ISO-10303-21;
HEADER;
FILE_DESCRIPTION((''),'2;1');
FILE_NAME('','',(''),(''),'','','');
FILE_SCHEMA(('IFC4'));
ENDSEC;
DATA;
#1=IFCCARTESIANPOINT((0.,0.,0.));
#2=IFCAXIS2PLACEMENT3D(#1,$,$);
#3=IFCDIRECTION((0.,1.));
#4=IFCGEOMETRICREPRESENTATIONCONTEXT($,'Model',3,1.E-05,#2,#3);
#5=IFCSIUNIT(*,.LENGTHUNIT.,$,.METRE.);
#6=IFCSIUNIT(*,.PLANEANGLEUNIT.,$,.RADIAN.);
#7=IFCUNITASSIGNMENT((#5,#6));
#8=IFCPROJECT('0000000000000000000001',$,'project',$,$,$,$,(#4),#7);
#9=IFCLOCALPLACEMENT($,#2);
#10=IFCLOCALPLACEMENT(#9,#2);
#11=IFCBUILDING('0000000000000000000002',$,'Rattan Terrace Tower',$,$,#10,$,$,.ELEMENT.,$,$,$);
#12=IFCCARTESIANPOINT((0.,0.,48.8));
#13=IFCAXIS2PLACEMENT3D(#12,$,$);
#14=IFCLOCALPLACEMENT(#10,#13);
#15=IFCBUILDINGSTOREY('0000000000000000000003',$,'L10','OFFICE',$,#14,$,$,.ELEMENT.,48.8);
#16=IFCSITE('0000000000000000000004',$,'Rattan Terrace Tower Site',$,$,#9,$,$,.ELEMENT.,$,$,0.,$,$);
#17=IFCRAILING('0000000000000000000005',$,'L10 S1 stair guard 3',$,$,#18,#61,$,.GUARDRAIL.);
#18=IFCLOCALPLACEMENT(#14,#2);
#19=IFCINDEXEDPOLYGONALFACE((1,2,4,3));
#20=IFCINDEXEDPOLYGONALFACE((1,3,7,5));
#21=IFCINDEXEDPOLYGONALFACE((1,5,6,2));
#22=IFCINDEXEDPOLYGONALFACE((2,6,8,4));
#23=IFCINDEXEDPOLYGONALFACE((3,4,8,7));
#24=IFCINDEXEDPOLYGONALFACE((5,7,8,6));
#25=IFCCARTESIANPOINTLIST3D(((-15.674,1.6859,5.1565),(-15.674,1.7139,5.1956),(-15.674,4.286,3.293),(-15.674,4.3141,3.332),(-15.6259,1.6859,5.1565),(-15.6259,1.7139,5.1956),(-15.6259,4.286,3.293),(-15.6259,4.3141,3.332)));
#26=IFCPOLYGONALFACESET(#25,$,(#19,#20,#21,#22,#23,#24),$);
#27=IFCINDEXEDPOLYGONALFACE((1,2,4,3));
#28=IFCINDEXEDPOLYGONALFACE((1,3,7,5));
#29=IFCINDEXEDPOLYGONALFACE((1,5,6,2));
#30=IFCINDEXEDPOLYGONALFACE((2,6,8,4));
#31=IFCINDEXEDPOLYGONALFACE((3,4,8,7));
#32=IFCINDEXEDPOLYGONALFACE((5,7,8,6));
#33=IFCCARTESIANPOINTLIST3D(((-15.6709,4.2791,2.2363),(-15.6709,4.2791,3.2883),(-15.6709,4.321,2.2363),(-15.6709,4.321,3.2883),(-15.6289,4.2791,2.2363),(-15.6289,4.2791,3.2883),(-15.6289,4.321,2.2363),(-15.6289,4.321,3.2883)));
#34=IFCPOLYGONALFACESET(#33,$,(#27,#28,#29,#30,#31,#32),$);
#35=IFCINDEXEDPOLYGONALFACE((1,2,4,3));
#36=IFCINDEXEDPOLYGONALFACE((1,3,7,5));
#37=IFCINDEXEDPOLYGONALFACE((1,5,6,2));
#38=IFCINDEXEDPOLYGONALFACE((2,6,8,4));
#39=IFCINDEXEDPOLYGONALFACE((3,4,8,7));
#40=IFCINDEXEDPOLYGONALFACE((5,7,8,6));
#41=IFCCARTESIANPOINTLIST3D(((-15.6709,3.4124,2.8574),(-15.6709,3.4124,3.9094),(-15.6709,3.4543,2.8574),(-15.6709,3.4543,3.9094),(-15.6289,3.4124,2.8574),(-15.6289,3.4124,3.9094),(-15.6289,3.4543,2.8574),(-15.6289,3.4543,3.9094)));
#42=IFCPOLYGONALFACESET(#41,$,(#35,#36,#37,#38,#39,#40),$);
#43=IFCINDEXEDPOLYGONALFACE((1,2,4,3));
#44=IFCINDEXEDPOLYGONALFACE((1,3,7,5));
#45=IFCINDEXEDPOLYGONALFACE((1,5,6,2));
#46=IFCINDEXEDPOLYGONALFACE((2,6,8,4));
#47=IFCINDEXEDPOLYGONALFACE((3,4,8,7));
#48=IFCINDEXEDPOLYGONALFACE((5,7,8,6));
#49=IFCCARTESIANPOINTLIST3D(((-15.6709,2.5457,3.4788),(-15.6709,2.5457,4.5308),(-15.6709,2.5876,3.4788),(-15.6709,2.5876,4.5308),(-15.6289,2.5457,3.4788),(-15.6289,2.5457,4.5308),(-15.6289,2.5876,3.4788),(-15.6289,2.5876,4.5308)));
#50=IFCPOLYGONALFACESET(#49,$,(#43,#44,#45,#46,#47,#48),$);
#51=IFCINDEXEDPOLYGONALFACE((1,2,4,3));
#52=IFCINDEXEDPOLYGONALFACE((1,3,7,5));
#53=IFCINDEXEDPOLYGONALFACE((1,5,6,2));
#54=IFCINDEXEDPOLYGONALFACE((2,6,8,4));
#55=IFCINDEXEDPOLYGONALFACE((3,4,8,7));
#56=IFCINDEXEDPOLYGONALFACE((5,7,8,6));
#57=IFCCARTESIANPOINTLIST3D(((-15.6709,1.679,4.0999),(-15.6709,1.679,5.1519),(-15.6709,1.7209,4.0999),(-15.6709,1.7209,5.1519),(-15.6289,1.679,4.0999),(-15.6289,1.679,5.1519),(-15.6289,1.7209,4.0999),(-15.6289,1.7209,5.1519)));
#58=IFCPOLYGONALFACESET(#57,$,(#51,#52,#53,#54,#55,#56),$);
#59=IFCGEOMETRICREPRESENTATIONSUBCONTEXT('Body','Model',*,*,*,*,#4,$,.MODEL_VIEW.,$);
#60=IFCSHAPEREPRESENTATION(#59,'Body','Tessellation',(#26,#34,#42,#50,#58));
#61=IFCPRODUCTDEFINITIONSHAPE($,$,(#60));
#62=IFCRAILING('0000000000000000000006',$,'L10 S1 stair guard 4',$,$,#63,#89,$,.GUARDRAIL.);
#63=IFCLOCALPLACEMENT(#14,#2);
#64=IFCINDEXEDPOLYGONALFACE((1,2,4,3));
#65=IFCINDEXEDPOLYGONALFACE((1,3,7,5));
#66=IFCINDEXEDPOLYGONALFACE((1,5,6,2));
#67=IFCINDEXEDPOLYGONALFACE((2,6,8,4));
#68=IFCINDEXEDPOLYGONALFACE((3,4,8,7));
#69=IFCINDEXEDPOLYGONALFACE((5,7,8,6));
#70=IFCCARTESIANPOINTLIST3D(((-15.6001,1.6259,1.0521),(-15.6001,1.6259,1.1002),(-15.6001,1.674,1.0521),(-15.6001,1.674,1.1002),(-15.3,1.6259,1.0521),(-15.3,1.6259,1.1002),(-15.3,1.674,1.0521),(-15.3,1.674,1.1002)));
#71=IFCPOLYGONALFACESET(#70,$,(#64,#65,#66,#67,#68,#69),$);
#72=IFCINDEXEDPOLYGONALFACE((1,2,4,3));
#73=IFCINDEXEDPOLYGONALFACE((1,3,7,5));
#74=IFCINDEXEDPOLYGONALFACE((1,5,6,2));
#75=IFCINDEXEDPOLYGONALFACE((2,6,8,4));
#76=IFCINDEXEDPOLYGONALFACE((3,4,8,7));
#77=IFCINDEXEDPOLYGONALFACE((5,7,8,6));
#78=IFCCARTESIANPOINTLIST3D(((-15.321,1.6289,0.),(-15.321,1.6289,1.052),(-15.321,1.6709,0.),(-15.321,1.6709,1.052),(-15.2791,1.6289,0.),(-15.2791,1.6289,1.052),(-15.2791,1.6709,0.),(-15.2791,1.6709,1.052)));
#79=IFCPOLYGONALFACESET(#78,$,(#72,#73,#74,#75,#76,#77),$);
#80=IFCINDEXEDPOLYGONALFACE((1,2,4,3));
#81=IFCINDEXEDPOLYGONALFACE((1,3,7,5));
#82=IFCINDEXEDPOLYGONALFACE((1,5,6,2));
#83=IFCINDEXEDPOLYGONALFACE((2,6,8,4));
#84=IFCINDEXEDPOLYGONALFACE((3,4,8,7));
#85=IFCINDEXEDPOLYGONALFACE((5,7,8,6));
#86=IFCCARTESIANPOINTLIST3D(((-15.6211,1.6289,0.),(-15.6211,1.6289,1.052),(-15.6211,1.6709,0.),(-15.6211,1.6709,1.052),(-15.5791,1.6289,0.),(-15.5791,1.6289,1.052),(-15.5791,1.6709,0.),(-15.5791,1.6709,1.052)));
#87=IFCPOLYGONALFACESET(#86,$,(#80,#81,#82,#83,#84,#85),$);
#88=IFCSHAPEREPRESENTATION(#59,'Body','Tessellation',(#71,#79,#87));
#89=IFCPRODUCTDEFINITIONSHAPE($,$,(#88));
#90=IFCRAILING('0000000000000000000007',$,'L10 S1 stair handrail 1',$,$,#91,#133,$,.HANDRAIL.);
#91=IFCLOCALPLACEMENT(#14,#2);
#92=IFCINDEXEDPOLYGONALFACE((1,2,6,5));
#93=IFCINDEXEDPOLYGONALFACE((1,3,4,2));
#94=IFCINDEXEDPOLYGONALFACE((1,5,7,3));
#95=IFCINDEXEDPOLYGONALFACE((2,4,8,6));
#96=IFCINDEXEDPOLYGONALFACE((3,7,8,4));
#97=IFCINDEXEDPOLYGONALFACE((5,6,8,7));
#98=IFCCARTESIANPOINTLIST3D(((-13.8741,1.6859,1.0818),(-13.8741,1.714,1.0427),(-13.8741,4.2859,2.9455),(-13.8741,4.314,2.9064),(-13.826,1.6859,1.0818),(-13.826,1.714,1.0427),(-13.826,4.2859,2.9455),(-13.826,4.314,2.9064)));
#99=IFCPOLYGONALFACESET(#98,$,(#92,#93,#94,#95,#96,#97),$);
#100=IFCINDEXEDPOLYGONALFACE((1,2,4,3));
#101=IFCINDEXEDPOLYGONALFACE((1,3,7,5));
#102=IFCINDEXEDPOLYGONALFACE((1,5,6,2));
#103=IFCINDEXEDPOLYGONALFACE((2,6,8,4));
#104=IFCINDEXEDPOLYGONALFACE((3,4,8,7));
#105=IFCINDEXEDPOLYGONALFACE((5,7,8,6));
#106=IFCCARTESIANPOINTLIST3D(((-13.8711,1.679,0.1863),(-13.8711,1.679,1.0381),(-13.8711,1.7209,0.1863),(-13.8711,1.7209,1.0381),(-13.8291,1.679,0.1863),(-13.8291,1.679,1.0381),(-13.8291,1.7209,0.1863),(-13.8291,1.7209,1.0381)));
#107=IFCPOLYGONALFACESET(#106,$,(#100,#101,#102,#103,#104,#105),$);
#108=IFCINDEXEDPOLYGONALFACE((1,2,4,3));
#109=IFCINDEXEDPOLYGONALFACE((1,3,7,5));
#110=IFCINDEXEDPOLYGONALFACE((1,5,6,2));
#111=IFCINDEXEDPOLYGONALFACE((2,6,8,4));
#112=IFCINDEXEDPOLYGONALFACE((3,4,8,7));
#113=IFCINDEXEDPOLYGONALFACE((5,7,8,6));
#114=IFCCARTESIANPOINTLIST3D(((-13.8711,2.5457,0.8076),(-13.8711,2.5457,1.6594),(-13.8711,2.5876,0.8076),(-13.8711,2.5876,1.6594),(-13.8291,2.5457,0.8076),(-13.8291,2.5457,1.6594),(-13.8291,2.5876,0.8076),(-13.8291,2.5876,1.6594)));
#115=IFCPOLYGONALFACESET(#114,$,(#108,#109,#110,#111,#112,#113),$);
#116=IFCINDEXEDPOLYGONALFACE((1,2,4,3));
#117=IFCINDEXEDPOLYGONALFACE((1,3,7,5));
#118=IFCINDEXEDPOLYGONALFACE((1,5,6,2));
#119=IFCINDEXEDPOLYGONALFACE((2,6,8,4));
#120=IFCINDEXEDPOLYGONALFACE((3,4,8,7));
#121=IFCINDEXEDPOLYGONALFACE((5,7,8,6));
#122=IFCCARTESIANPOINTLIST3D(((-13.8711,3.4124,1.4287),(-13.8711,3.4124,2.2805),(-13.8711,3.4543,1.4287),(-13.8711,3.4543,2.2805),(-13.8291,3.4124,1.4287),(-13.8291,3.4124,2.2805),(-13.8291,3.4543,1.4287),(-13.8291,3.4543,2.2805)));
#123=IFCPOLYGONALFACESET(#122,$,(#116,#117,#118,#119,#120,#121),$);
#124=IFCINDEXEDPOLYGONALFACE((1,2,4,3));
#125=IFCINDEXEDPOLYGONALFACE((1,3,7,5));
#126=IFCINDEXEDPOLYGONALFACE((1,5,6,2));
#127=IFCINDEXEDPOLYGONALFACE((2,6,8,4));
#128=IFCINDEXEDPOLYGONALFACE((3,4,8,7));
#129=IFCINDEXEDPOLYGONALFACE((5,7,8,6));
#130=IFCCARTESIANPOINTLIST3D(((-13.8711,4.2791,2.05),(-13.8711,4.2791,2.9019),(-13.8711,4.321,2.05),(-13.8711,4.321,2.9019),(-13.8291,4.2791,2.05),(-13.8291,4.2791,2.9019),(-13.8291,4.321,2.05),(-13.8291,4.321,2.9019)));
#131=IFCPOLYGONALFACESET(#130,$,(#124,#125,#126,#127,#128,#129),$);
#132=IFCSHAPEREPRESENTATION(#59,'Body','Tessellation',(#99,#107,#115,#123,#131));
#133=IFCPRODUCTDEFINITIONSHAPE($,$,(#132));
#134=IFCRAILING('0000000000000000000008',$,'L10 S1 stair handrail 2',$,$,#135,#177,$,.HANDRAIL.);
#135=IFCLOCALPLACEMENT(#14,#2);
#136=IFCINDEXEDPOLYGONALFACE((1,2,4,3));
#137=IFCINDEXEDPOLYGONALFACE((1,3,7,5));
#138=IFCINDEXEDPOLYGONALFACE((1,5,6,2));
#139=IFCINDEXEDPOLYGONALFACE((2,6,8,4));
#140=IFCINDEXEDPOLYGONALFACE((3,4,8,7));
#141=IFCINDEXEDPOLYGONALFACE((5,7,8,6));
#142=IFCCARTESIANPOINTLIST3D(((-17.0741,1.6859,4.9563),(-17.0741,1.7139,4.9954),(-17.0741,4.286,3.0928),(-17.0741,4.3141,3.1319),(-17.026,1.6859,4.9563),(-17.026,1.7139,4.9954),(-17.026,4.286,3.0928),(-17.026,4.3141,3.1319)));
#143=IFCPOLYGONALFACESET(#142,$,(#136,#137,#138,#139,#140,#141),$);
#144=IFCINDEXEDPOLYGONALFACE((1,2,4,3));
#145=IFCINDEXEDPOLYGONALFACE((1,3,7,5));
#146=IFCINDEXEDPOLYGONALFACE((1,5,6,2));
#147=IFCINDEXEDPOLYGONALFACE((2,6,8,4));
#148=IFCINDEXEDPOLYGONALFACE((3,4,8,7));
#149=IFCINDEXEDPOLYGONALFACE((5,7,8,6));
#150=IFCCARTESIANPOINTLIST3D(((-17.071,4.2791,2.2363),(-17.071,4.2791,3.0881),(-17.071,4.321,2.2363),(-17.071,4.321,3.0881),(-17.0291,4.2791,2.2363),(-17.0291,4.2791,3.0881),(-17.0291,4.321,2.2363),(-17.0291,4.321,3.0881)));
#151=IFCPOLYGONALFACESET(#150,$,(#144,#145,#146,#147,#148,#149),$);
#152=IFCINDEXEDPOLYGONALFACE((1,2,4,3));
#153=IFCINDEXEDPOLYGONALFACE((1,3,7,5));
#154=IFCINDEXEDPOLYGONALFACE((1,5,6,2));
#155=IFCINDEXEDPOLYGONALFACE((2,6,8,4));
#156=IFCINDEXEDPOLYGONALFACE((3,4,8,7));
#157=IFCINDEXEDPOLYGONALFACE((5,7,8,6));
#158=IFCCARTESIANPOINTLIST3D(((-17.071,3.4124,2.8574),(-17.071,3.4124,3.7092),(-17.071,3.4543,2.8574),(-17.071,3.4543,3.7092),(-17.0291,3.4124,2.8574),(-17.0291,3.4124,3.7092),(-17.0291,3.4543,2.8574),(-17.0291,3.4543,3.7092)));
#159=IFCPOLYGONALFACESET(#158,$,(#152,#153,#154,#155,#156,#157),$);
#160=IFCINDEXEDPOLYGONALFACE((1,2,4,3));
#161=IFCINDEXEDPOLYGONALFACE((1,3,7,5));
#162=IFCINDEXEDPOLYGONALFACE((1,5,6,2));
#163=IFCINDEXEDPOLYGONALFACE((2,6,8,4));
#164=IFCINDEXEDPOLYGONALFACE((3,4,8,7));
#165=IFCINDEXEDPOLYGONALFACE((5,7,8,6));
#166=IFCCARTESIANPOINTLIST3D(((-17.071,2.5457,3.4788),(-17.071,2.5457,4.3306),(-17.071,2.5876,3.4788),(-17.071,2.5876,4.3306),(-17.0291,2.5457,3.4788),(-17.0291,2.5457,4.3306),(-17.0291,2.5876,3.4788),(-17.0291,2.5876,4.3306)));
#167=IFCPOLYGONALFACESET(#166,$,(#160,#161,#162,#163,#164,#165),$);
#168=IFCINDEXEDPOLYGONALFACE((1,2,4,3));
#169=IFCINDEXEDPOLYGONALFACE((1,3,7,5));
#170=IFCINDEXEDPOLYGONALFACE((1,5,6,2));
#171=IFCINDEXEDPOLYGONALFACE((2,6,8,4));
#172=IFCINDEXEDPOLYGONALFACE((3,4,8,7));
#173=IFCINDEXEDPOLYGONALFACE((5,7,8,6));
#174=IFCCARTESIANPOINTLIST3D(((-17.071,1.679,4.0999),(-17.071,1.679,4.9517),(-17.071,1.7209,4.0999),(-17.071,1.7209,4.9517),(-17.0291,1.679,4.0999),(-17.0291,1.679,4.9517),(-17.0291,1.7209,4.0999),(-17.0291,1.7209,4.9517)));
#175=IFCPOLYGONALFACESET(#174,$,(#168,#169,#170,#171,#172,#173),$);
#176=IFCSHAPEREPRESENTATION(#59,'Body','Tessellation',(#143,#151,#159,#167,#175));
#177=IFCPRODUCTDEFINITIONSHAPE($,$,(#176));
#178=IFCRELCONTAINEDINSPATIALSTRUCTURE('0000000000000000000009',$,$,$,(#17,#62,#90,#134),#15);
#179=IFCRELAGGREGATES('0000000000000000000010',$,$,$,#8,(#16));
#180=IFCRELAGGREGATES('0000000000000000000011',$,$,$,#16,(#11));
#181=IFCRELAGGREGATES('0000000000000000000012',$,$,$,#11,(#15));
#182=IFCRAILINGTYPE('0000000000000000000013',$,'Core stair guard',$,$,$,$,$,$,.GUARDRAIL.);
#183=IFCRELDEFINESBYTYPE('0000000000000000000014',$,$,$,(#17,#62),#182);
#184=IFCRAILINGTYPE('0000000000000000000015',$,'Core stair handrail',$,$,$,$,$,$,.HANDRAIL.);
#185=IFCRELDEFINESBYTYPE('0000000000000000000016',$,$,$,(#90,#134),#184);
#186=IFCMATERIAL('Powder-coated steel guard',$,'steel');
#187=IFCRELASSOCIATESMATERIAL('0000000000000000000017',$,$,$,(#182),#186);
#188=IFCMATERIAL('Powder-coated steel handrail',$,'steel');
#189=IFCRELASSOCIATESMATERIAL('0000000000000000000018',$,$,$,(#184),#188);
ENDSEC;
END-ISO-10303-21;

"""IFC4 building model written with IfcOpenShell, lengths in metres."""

from ifc_helpers import new_model, si_unit, direction, frame, origin, origin_2d, place, context, subcontext, project, spatial, rectangle, extrude, material, type_object, element, save


model = new_model("IFC4")

# Units and contexts
model_context = context("Model", 3, precision=1e-05, world=origin(), true_north=direction((0.0, 1.0)))
body_context = subcontext(model_context, "Body", "Model", "MODEL_VIEW")
ifc_project = project(units=[si_unit("LENGTHUNIT", "METRE"), si_unit("PLANEANGLEUNIT", "RADIAN")], contexts=[model_context])

# Site, building, storey
site_placement = place(None, origin())
site = spatial("IfcSite", under=ifc_project, at=site_placement, Name="Rattan Terrace Tower Site", CompositionType="ELEMENT", RefElevation=0.0)
building_placement = place(site_placement, origin())
building = spatial("IfcBuilding", under=site, at=building_placement, Name="Rattan Terrace Tower", CompositionType="ELEMENT")
storey_placement = place(building_placement, frame((0.0, 0.0, 48.8)))
storey = spatial("IfcBuildingStorey", under=building, at=storey_placement, Name="L10", Description="OFFICE", CompositionType="ELEMENT", Elevation=48.8)

# Railings
ifc_material_1 = material(Name="Powder-coated steel guard", Category="steel")
railing_type_1 = type_object("IfcRailingType", Name="Core stair guard", PredefinedType="GUARDRAIL", material=ifc_material_1)
railing_1_placement = place(storey_placement, frame((-15.6499, 4.3, 2.2363)))
element("IfcRailing", 1, at=railing_1_placement, inside=storey, type_object=railing_type_1, Name="L10 S1 stair guard 3", PredefinedType="GUARDRAIL", context=body_context, shape_type="SweptSolid", body=[
    extrude(rectangle(XDim=0.0481, YDim=0.0481, at=origin_2d()), frame((0.0, 0.0, 1.0762), z_axis=(0.0, -0.812799, 0.582544), x_axis=(1.0, 0.0, 0.0)), (0.0, 0.0, 1.0), 3.199),
    extrude(rectangle(XDim=0.042, YDim=0.042, at=origin_2d()), origin(), (0.0, 0.0, 1.0), 1.052),
    extrude(rectangle(XDim=0.042, YDim=0.042, at=origin_2d()), frame((0.0, -0.8667, 0.6211)), (0.0, 0.0, 1.0), 1.052),
    extrude(rectangle(XDim=0.042, YDim=0.042, at=origin_2d()), frame((0.0, -1.7334, 1.2424)), (0.0, 0.0, 1.0), 1.052),
    extrude(rectangle(XDim=0.042, YDim=0.042, at=origin_2d()), frame((0.0, -2.6001, 1.8635)), (0.0, 0.0, 1.0), 1.052),
])
railing_2_placement = place(storey_placement, frame((-15.3, 1.6499, 0.0)))
element("IfcRailing", 2, at=railing_2_placement, inside=storey, type_object=railing_type_1, Name="L10 S1 stair guard 4", PredefinedType="GUARDRAIL", context=body_context, shape_type="SweptSolid", body=[
    extrude(rectangle(XDim=0.0481, YDim=0.0481, at=origin_2d()), frame((0.0, 0.0, 1.0762), z_axis=(-1.0, 0.0, 0.0), x_axis=(0.0, -1.0, 0.0)), (0.0, 0.0, 1.0), 0.3),
    extrude(rectangle(XDim=0.042, YDim=0.042, at=origin_2d()), origin(), (0.0, 0.0, 1.0), 1.052),
    extrude(rectangle(XDim=0.042, YDim=0.042, at=origin_2d()), frame((-0.3, 0.0, 0.0)), (0.0, 0.0, 1.0), 1.052),
])
ifc_material_2 = material(Name="Powder-coated steel handrail", Category="steel")
railing_type_2 = type_object("IfcRailingType", Name="Core stair handrail", PredefinedType="HANDRAIL", material=ifc_material_2)
railing_3_placement = place(storey_placement, frame((-13.8501, 1.7, 0.1863)))
element("IfcRailing", 3, at=railing_3_placement, inside=storey, type_object=railing_type_2, Name="L10 S1 stair handrail 1", PredefinedType="HANDRAIL", context=body_context, shape_type="SweptSolid", body=[
    extrude(rectangle(XDim=0.0481, YDim=0.0481, at=origin_2d()), frame((0.0, 0.0, 0.876), z_axis=(0.0, 0.812763, 0.582595), x_axis=(-1.0, 0.0, 0.0)), (0.0, 0.0, 1.0), 3.199),
    extrude(rectangle(XDim=0.042, YDim=0.042, at=origin_2d()), origin(), (0.0, 0.0, 1.0), 0.8518),
    extrude(rectangle(XDim=0.042, YDim=0.042, at=origin_2d()), frame((0.0, 0.8667, 0.6213)), (0.0, 0.0, 1.0), 0.8518),
    extrude(rectangle(XDim=0.042, YDim=0.042, at=origin_2d()), frame((0.0, 1.7334, 1.2424)), (0.0, 0.0, 1.0), 0.8518),
    extrude(rectangle(XDim=0.042, YDim=0.042, at=origin_2d()), frame((0.0, 2.6001, 1.8638)), (0.0, 0.0, 1.0), 0.8518),
])
railing_4_placement = place(storey_placement, frame((-17.05, 4.3, 2.2363)))
element("IfcRailing", 4, at=railing_4_placement, inside=storey, type_object=railing_type_2, Name="L10 S1 stair handrail 2", PredefinedType="HANDRAIL", context=body_context, shape_type="SweptSolid", body=[
    extrude(rectangle(XDim=0.0481, YDim=0.0481, at=origin_2d()), frame((0.0, 0.0, 0.876), z_axis=(0.0, -0.812799, 0.582544), x_axis=(1.0, 0.0, 0.0)), (0.0, 0.0, 1.0), 3.199),
    extrude(rectangle(XDim=0.042, YDim=0.042, at=origin_2d()), origin(), (0.0, 0.0, 1.0), 0.8518),
    extrude(rectangle(XDim=0.042, YDim=0.042, at=origin_2d()), frame((0.0, -0.8667, 0.6211)), (0.0, 0.0, 1.0), 0.8518),
    extrude(rectangle(XDim=0.042, YDim=0.042, at=origin_2d()), frame((0.0, -1.7334, 1.2424)), (0.0, 0.0, 1.0), 0.8518),
    extrude(rectangle(XDim=0.042, YDim=0.042, at=origin_2d()), frame((0.0, -2.6001, 1.8635)), (0.0, 0.0, 1.0), 0.8518),
])

save(model, "model.ifc")
